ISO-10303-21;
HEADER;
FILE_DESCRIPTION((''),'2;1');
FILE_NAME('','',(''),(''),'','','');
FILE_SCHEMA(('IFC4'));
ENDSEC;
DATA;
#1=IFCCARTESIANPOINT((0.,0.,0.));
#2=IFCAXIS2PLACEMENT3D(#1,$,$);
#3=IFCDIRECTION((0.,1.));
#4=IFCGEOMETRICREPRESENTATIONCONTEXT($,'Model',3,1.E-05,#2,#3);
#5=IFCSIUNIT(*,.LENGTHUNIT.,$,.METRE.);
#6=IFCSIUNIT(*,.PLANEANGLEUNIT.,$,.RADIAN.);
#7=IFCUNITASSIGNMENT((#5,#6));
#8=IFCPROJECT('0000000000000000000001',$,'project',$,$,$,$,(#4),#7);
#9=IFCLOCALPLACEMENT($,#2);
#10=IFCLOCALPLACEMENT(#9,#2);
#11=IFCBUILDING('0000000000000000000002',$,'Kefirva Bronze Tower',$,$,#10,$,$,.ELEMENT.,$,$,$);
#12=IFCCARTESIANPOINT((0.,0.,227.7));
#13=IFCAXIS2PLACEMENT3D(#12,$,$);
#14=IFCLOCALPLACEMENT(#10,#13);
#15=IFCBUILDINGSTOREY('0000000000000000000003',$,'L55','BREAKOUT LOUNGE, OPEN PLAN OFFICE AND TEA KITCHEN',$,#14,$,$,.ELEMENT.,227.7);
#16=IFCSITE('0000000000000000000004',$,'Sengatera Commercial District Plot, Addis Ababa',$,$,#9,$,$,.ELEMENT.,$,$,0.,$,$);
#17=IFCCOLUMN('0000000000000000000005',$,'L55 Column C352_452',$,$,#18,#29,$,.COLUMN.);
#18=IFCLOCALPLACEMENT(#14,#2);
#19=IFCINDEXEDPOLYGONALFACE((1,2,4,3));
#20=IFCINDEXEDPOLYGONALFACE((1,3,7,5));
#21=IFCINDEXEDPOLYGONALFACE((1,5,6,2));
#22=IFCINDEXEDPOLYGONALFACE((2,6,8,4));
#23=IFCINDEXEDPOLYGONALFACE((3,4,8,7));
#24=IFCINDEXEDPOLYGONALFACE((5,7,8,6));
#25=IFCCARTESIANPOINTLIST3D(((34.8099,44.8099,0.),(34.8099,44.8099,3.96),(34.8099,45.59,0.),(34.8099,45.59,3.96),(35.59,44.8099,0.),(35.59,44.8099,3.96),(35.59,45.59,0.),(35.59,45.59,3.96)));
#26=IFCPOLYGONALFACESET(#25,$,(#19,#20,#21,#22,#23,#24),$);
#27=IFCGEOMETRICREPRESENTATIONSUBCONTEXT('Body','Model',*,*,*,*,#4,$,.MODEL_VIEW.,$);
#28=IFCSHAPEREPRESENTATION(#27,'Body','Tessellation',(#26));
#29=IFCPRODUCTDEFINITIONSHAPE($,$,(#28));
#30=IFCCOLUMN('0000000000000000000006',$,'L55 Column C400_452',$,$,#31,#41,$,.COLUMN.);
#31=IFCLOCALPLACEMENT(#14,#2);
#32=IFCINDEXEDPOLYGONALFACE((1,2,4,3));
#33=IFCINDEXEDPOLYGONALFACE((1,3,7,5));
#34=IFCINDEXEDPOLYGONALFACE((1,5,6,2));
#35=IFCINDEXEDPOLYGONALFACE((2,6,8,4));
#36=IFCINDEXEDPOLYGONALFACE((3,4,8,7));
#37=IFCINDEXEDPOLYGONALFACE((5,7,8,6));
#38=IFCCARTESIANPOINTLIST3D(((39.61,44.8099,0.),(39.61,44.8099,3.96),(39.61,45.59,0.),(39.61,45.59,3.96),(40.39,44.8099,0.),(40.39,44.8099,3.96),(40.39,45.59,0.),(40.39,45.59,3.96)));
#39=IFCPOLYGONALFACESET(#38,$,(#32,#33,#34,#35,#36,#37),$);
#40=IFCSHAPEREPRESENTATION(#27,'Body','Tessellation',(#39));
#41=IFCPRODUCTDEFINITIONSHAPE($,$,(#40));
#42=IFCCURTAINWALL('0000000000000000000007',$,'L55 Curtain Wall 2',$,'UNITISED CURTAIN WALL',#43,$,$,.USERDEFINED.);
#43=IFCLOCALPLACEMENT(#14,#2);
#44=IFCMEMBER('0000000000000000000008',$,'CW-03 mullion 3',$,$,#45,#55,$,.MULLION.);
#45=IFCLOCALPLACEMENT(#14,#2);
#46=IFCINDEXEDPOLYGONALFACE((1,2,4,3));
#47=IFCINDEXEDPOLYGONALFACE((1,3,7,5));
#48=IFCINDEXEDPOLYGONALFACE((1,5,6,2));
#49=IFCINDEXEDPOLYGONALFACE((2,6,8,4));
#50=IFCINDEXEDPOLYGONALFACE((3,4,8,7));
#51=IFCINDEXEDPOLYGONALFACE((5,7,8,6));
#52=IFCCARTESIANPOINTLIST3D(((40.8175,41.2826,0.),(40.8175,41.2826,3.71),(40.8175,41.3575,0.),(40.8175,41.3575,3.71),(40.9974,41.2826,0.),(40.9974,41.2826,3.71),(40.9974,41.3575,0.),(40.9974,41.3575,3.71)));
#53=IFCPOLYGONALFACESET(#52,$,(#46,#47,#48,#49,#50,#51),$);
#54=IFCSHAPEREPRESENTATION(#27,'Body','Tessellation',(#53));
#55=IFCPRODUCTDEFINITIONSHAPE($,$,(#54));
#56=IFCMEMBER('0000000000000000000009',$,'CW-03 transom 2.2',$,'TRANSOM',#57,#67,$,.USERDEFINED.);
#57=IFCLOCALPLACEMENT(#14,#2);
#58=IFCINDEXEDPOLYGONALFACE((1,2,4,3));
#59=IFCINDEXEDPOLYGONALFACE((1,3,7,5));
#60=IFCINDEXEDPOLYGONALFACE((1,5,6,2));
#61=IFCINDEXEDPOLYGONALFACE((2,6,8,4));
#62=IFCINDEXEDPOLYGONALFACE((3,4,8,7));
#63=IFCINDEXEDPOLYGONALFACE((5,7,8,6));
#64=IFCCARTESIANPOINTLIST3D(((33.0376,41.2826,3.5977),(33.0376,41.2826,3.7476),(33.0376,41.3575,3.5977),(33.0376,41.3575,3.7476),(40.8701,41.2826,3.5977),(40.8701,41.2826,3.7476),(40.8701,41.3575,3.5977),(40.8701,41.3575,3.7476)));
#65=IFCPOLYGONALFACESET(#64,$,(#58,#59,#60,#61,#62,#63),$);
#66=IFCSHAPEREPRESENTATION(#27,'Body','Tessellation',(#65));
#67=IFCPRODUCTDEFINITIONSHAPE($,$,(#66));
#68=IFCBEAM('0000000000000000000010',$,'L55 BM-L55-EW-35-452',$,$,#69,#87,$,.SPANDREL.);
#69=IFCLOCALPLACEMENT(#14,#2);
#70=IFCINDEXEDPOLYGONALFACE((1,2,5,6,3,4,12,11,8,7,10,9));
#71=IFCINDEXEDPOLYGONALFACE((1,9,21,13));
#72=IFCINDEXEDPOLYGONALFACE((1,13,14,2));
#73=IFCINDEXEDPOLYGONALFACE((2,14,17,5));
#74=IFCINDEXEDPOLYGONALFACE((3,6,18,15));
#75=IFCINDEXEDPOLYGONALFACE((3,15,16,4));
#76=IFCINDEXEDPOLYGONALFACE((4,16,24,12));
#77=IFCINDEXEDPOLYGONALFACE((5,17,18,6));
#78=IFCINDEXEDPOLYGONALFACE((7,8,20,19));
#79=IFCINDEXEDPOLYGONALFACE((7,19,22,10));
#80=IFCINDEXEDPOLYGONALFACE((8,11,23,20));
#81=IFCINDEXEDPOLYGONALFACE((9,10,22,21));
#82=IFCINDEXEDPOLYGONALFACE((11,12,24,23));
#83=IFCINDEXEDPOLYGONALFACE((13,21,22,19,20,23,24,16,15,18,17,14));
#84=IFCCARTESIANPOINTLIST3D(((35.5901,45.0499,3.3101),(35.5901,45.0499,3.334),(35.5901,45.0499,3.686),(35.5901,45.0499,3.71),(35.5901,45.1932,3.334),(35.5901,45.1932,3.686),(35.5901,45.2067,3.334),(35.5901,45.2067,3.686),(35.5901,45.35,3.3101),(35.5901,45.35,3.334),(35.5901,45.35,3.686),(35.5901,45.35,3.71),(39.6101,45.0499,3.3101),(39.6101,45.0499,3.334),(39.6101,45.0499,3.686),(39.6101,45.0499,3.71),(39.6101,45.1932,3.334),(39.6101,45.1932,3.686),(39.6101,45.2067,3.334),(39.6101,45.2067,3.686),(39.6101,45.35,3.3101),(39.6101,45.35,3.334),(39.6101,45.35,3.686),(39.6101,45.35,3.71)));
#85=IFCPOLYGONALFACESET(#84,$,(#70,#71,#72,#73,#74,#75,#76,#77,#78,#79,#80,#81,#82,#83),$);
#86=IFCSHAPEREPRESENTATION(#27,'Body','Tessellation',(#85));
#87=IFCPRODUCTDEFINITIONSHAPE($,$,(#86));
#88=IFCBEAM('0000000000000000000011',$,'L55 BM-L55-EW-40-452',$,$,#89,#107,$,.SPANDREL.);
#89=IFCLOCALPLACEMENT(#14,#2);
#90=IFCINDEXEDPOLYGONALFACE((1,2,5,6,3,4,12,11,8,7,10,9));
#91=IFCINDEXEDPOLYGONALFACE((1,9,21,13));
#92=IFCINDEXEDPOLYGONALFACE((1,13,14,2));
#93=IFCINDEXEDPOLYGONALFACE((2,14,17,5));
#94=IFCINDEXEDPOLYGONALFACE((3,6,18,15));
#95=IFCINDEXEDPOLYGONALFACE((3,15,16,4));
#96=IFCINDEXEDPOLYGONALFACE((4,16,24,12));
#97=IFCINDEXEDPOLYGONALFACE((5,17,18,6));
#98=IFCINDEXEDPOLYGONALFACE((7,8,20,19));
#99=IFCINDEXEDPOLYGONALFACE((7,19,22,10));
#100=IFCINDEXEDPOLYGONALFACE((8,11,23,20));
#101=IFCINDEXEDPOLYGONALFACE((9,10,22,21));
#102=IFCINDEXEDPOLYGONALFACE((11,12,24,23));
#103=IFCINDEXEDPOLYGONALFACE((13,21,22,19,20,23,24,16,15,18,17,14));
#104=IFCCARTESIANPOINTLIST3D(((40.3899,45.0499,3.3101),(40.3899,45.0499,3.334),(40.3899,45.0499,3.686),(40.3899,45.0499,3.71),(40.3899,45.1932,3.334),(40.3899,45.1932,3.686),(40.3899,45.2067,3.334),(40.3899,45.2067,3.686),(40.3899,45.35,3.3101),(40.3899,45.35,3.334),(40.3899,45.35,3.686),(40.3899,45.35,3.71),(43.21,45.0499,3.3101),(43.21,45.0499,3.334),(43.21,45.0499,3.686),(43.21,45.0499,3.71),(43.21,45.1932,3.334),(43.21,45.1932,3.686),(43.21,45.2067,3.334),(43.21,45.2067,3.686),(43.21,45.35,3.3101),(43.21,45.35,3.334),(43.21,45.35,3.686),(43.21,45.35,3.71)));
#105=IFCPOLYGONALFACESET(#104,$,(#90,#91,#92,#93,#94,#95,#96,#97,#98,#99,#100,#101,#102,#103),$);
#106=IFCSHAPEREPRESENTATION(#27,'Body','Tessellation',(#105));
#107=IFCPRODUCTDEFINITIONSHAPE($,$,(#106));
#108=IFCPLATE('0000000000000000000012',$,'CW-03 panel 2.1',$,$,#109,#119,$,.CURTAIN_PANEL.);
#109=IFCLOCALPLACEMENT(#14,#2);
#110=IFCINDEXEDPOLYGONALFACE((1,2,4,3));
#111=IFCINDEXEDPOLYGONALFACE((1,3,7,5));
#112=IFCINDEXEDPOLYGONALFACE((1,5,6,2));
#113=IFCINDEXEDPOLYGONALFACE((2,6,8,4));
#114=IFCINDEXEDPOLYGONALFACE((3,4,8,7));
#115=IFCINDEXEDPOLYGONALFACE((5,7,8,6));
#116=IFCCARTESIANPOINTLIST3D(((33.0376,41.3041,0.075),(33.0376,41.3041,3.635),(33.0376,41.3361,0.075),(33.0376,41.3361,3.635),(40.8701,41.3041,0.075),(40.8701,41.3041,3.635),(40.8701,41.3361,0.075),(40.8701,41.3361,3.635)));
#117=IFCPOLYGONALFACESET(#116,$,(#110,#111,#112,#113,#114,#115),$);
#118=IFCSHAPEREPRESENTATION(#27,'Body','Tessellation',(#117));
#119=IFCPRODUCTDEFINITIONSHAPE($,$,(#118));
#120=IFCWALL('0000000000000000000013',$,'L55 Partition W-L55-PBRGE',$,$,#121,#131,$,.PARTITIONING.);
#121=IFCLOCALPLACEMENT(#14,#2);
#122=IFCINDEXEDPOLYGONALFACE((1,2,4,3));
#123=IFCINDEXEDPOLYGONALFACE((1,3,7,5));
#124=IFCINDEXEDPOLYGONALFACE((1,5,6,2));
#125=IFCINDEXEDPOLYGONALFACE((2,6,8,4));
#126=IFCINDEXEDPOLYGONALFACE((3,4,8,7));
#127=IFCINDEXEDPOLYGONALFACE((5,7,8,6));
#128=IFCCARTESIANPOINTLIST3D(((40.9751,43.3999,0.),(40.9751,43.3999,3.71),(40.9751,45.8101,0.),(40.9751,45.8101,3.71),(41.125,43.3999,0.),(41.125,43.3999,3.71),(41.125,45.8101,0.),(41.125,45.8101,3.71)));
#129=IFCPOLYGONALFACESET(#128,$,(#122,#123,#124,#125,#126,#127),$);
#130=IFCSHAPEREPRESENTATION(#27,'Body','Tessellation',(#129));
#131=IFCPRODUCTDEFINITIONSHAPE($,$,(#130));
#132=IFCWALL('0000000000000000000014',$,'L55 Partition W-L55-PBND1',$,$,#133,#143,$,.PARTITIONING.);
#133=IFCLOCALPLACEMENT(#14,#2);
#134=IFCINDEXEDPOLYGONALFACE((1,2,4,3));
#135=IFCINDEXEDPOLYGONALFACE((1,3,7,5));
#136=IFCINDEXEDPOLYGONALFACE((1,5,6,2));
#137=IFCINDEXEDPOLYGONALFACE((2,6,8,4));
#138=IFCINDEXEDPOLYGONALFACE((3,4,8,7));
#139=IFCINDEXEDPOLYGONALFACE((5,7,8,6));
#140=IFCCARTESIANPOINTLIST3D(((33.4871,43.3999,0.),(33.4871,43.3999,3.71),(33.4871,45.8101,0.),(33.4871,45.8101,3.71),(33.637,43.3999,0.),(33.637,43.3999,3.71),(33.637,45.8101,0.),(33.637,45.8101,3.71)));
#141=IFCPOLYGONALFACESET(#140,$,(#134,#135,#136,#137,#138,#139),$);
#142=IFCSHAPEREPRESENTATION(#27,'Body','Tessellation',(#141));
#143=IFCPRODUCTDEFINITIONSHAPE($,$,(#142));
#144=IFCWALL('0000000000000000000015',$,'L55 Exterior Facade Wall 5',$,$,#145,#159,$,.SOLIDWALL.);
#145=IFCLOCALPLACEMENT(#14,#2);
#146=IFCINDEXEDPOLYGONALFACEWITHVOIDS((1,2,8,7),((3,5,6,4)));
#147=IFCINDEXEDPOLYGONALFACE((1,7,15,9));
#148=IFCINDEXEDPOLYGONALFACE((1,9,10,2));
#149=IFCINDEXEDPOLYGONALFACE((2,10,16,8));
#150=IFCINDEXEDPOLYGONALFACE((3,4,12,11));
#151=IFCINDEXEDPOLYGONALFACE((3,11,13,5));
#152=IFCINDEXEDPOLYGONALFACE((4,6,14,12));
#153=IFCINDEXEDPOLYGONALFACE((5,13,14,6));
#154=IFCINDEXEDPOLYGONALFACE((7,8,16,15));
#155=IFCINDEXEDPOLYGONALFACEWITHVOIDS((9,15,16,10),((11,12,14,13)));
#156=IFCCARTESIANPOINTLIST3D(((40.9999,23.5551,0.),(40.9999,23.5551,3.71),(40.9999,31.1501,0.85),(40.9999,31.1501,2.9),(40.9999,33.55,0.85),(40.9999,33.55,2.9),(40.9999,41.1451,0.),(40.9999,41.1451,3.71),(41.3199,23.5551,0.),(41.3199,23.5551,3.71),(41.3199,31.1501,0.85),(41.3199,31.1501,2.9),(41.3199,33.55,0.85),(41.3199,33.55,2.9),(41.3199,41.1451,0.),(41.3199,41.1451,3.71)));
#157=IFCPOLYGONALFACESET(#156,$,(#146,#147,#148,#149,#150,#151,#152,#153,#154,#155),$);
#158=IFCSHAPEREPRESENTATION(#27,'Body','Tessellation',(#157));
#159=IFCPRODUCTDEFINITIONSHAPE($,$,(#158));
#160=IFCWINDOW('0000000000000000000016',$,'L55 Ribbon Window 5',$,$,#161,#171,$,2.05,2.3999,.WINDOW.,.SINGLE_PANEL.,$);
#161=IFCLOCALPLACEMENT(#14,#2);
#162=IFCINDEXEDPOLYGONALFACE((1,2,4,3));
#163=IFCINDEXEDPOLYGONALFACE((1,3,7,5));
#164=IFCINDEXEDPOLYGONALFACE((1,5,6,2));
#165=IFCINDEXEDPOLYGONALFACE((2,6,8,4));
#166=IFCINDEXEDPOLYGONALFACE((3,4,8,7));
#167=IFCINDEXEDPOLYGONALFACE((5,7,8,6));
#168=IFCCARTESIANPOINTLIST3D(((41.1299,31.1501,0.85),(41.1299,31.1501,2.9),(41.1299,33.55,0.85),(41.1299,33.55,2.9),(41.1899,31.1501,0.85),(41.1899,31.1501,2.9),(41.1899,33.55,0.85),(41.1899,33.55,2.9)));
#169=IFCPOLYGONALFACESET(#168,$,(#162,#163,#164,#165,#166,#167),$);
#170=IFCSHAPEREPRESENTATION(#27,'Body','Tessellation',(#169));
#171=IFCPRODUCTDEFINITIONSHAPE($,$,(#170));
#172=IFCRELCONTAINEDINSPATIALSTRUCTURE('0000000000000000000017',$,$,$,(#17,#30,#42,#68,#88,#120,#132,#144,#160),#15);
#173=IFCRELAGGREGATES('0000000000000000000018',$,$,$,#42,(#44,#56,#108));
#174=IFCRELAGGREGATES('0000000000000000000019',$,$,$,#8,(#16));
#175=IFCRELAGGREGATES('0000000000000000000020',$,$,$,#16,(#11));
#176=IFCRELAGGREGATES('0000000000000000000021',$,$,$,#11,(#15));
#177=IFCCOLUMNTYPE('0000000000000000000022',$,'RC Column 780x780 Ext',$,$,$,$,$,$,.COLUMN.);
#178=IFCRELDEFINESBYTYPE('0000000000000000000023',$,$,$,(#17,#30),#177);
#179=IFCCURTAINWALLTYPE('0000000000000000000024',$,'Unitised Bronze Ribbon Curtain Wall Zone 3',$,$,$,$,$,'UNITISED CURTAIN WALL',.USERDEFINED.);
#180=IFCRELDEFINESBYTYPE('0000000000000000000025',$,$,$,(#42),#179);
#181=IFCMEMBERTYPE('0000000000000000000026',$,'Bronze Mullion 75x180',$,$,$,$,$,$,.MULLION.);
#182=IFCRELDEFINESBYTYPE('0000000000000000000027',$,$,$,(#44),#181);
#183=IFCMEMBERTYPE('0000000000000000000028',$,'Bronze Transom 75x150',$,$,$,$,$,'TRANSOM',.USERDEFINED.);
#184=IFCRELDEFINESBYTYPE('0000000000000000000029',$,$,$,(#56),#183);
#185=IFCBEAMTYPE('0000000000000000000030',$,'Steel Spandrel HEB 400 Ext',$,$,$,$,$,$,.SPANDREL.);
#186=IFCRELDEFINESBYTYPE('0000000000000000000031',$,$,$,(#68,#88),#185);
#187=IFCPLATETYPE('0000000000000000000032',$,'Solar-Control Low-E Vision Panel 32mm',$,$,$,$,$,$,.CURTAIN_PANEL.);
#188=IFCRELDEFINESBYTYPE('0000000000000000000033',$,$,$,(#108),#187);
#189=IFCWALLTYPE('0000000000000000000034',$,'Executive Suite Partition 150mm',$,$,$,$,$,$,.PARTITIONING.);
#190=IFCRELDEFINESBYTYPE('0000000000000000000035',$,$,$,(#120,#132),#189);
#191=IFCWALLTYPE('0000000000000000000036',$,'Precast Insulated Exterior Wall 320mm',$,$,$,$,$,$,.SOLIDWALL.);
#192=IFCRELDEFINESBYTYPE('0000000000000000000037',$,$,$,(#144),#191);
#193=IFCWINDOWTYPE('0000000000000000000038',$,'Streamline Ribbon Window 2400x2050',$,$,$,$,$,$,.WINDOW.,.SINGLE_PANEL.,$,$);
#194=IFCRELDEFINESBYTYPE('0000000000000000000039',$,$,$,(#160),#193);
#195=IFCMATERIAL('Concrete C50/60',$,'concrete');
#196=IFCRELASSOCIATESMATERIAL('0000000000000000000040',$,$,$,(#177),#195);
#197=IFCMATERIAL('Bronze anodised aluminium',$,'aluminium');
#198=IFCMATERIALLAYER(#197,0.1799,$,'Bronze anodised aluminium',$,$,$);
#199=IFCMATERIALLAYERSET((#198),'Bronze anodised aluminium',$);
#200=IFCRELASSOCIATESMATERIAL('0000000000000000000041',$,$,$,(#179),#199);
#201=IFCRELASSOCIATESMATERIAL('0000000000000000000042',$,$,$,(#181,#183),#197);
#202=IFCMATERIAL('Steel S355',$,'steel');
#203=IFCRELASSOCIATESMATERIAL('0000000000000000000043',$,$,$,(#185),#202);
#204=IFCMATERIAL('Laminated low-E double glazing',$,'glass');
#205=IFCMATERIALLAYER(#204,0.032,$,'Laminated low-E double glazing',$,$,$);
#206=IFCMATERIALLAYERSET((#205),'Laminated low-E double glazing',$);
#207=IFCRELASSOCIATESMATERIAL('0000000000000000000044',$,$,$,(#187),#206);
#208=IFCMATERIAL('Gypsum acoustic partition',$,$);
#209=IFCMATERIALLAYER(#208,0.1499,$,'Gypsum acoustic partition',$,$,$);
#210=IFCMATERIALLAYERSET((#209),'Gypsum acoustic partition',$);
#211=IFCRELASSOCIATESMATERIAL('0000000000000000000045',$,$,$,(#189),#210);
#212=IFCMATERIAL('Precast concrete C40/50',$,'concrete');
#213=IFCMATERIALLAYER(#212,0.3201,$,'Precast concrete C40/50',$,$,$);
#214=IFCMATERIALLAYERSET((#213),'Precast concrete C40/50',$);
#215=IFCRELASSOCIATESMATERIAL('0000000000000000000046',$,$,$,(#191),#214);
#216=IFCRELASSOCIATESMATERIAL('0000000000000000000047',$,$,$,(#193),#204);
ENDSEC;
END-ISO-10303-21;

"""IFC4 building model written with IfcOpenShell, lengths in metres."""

from ifc_helpers import new_model, si_unit, direction, frame, frame_2d, origin, origin_2d, place, context, subcontext, project, spatial, rectangle, i_section, extrude, material, layer, layer_set, material_profile, profile_set, type_object, element, fill, aggregate, save


model = new_model("IFC4")

# Units and contexts
model_context = context("Model", 3, precision=1e-05, world=origin(), true_north=direction((0.0, 1.0)))
body_context = subcontext(model_context, "Body", "Model", "MODEL_VIEW")
ifc_project = project(units=[si_unit("LENGTHUNIT", "METRE"), si_unit("PLANEANGLEUNIT", "RADIAN")], contexts=[model_context])

# Site, building, storey
site_placement = place(None, origin())
site = spatial("IfcSite", under=ifc_project, at=site_placement, Name="Sengatera Commercial District Plot, Addis Ababa", CompositionType="ELEMENT", RefElevation=0.0)
building_placement = place(site_placement, origin())
building = spatial("IfcBuilding", under=site, at=building_placement, Name="Kefirva Bronze Tower", CompositionType="ELEMENT")
storey_placement = place(building_placement, frame((0.0, 0.0, 227.7)))
storey = spatial("IfcBuildingStorey", under=building, at=storey_placement, Name="L55", Description="BREAKOUT LOUNGE, OPEN PLAN OFFICE AND TEA KITCHEN", CompositionType="ELEMENT", Elevation=227.7)

# Columns
ifc_material_1 = material(Name="Concrete C50/60", Category="concrete")
ifc_material_profile_1 = material_profile(ifc_material_1, rectangle(XDim=0.78, YDim=0.78, at=origin_2d()), Name="RC 780x780")
ifc_profile_set_1 = profile_set([ifc_material_profile_1], Name="Concrete C50/60")
column_type = type_object("IfcColumnType", Name="RC Column 780x780 Ext", PredefinedType="COLUMN", material=ifc_profile_set_1)
for number, where, z_axis, x_axis, name in (
    (1, (35.2, 45.2, 0.0), (0.0, 0.0, 1.0), (1.0, 0.0, 0.0), "L55 Column C352_452"),
    (2, (40.0, 45.2, 0.0), (0.0, 0.0, 1.0), (1.0, 0.0, 0.0), "L55 Column C400_452"),
):
    element("IfcColumn", number, at=place(storey_placement, frame(where, z_axis=z_axis, x_axis=x_axis)), inside=storey, type_object=column_type, Name=name, PredefinedType="COLUMN", context=body_context, shape_type="SweptSolid", body=[
        extrude(rectangle(XDim=0.78, YDim=0.78, at=origin_2d()), origin(), (0.0, 0.0, 1.0), 3.96),
    ])

# Curtain wall, members
ifc_material_2 = material(Name="Bronze anodised aluminium", Category="aluminium")
ifc_layer_1 = layer(ifc_material_2, 0.1799, Name="Bronze anodised aluminium")
ifc_layer_set_1 = layer_set([ifc_layer_1], Name="Bronze anodised aluminium")
curtain_wall_type = type_object("IfcCurtainWallType", Name="Unitised Bronze Ribbon Curtain Wall Zone 3", ElementType="UNITISED CURTAIN WALL", PredefinedType="USERDEFINED", material=ifc_layer_set_1)
curtain_wall_placement = place(storey_placement, origin())
curtain_wall = element("IfcCurtainWall", 3, at=curtain_wall_placement, inside=storey, type_object=curtain_wall_type, Name="L55 Curtain Wall 2", ObjectType="UNITISED CURTAIN WALL", PredefinedType="USERDEFINED")
ifc_material_profile_2 = material_profile(ifc_material_2, rectangle(XDim=0.075, YDim=0.1799, at=origin_2d()), Name="ALU 75x180")
ifc_profile_set_2 = profile_set([ifc_material_profile_2], Name="Bronze anodised aluminium")
member_type_1 = type_object("IfcMemberType", Name="Bronze Mullion 75x180", PredefinedType="MULLION", material=ifc_profile_set_2)
member_1_placement = place(storey_placement, frame((40.9075, 41.3201, 0.0), z_axis=(0.0, 0.0, 1.0), x_axis=(0.0, 1.0, 0.0)))
member_1 = element("IfcMember", 4, at=member_1_placement, type_object=member_type_1, Name="CW-03 mullion 3", PredefinedType="MULLION", context=body_context, shape_type="SweptSolid", body=[
    extrude(rectangle(XDim=0.075, YDim=0.1799, at=origin_2d()), origin(), (0.0, 0.0, 1.0), 3.71),
])
ifc_material_profile_3 = material_profile(ifc_material_2, rectangle(XDim=0.075, YDim=0.1499, at=origin_2d()), Name="ALU 75x150")
ifc_profile_set_3 = profile_set([ifc_material_profile_3], Name="Bronze anodised aluminium")
member_type_2 = type_object("IfcMemberType", Name="Bronze Transom 75x150", ElementType="TRANSOM", PredefinedType="USERDEFINED", material=ifc_profile_set_3)
member_2_placement = place(storey_placement, frame((33.0376, 41.3201, 3.6726), z_axis=(1.0, 0.0, 0.0), x_axis=(0.0, 1.0, 0.0)))
member_2 = element("IfcMember", 5, at=member_2_placement, type_object=member_type_2, Name="CW-03 transom 2.2", ObjectType="TRANSOM", PredefinedType="USERDEFINED", context=body_context, shape_type="SweptSolid", body=[
    extrude(rectangle(XDim=0.075, YDim=0.1499, at=origin_2d()), origin(), (0.0, 0.0, 1.0), 7.8325),
])

# Beams
ifc_material_3 = material(Name="Steel S355", Category="steel")
ifc_material_profile_4 = material_profile(ifc_material_3, i_section(OverallWidth=0.3, OverallDepth=0.3999, WebThickness=0.0134, FlangeThickness=0.0239, at=origin_2d()), Name="HEB 400")
ifc_profile_set_4 = profile_set([ifc_material_profile_4], Name="Steel S355")
beam_type = type_object("IfcBeamType", Name="Steel Spandrel HEB 400 Ext", PredefinedType="SPANDREL", material=ifc_profile_set_4)
beam_1_placement = place(storey_placement, frame((35.5901, 45.2, 3.51), z_axis=(1.0, 0.0, 0.0), x_axis=(0.0, 1.0, 0.0)))
element("IfcBeam", 6, at=beam_1_placement, inside=storey, type_object=beam_type, Name="L55 BM-L55-EW-35-452", PredefinedType="SPANDREL", context=body_context, shape_type="SweptSolid", body=[
    extrude(i_section(OverallWidth=0.3, OverallDepth=0.3999, WebThickness=0.0134, FlangeThickness=0.0239, at=origin_2d()), origin(), (0.0, 0.0, 1.0), 4.02),
])
beam_2_placement = place(storey_placement, frame((40.3899, 45.2, 3.51), z_axis=(1.0, 0.0, 0.0), x_axis=(0.0, 1.0, 0.0)))
element("IfcBeam", 7, at=beam_2_placement, inside=storey, type_object=beam_type, Name="L55 BM-L55-EW-40-452", PredefinedType="SPANDREL", context=body_context, shape_type="SweptSolid", body=[
    extrude(i_section(OverallWidth=0.3, OverallDepth=0.3999, WebThickness=0.0134, FlangeThickness=0.0239, at=origin_2d()), origin(), (0.0, 0.0, 1.0), 2.8201),
])

# Plate
ifc_material_4 = material(Name="Laminated low-E double glazing", Category="glass")
ifc_layer_2 = layer(ifc_material_4, 0.032, Name="Laminated low-E double glazing")
ifc_layer_set_2 = layer_set([ifc_layer_2], Name="Laminated low-E double glazing")
plate_type = type_object("IfcPlateType", Name="Solar-Control Low-E Vision Panel 32mm", PredefinedType="CURTAIN_PANEL", material=ifc_layer_set_2)
plate_placement = place(storey_placement, frame((36.9539, 41.3201, 0.075), z_axis=(0.0, 0.0, 1.0), x_axis=(1.0, 0.0, 0.0)))
plate = element("IfcPlate", 8, at=plate_placement, type_object=plate_type, Name="CW-03 panel 2.1", PredefinedType="CURTAIN_PANEL", context=body_context, shape_type="SweptSolid", body=[
    extrude(rectangle(XDim=7.8325, YDim=0.032, at=origin_2d()), origin(), (0.0, 0.0, 1.0), 3.5601),
])
aggregate(curtain_wall, [member_1, member_2, plate])

# Walls
ifc_material_5 = material(Name="Gypsum acoustic partition")
ifc_layer_3 = layer(ifc_material_5, 0.1499, Name="Gypsum acoustic partition")
ifc_layer_set_3 = layer_set([ifc_layer_3], Name="Gypsum acoustic partition")
wall_type_1 = type_object("IfcWallType", Name="Executive Suite Partition 150mm", PredefinedType="PARTITIONING", material=ifc_layer_set_3)
for number, where, z_axis, x_axis, name in (
    (9, (41.05, 43.3999, 0.0), (0.0, 0.0, 1.0), (0.0, 1.0, 0.0), "L55 Partition W-L55-PBRGE"),
    (10, (33.562, 43.3999, 0.0), (0.0, 0.0, 1.0), (0.0, 1.0, 0.0), "L55 Partition W-L55-PBND1"),
):
    element("IfcWall", number, at=place(storey_placement, frame(where, z_axis=z_axis, x_axis=x_axis)), inside=storey, type_object=wall_type_1, Name=name, PredefinedType="PARTITIONING", context=body_context, shape_type="SweptSolid", body=[
        extrude(rectangle(XDim=2.4102, YDim=0.1499, at=frame_2d((1.2051, 0.0))), origin(), (0.0, 0.0, 1.0), 3.71),
    ])

# Wall, opening, window
ifc_material_6 = material(Name="Precast concrete C40/50", Category="concrete")
ifc_layer_4 = layer(ifc_material_6, 0.3201, Name="Precast concrete C40/50")
ifc_layer_set_4 = layer_set([ifc_layer_4], Name="Precast concrete C40/50")
wall_type_2 = type_object("IfcWallType", Name="Precast Insulated Exterior Wall 320mm", PredefinedType="SOLIDWALL", material=ifc_layer_set_4)
wall_placement = place(storey_placement, frame((41.1599, 41.145, 0.0), z_axis=(0.0, 0.0, 1.0), x_axis=(0.0, -1.0, 0.0)))
wall = element("IfcWall", 11, at=wall_placement, inside=storey, type_object=wall_type_2, Name="L55 Exterior Facade Wall 5", PredefinedType="SOLIDWALL", context=body_context, shape_type="SweptSolid", body=[
    extrude(rectangle(XDim=17.5901, YDim=0.3201, at=frame_2d((8.7949, 0.0))), origin(), (0.0, 0.0, 1.0), 3.71),
])
opening_placement = place(wall_placement, frame((7.595, 0.0, 0.8501)))
opening = element("IfcOpeningElement", 12, at=opening_placement, cuts=wall, PredefinedType="OPENING", context=body_context, shape_type="SweptSolid", body=[
    extrude(rectangle(XDim=2.3999, YDim=2.05, at=frame_2d((1.2, 1.0249))), frame((0.0, 0.1699, 0.0), z_axis=(0.0, -1.0, 0.0), x_axis=(1.0, 0.0, 0.0)), (0.0, 0.0, 1.0), 0.3401),
])
window_type = type_object("IfcWindowType", Name="Streamline Ribbon Window 2400x2050", PartitioningType="SINGLE_PANEL", PredefinedType="WINDOW", material=ifc_material_4)
window_placement = place(opening_placement, origin())
window = element("IfcWindow", 13, at=window_placement, inside=storey, type_object=window_type, Name="L55 Ribbon Window 5", OverallHeight=2.05, OverallWidth=2.3999, PartitioningType="SINGLE_PANEL", PredefinedType="WINDOW", context=body_context, shape_type="SweptSolid", body=[
    extrude(rectangle(XDim=2.3999, YDim=2.05, at=frame_2d((1.2, 1.0249))), frame((0.0, 0.03, 0.0), z_axis=(0.0, -1.0, 0.0), x_axis=(1.0, 0.0, 0.0)), (0.0, 0.0, 1.0), 0.0601),
])
fill(opening, window)

save(model, "model.ifc")
